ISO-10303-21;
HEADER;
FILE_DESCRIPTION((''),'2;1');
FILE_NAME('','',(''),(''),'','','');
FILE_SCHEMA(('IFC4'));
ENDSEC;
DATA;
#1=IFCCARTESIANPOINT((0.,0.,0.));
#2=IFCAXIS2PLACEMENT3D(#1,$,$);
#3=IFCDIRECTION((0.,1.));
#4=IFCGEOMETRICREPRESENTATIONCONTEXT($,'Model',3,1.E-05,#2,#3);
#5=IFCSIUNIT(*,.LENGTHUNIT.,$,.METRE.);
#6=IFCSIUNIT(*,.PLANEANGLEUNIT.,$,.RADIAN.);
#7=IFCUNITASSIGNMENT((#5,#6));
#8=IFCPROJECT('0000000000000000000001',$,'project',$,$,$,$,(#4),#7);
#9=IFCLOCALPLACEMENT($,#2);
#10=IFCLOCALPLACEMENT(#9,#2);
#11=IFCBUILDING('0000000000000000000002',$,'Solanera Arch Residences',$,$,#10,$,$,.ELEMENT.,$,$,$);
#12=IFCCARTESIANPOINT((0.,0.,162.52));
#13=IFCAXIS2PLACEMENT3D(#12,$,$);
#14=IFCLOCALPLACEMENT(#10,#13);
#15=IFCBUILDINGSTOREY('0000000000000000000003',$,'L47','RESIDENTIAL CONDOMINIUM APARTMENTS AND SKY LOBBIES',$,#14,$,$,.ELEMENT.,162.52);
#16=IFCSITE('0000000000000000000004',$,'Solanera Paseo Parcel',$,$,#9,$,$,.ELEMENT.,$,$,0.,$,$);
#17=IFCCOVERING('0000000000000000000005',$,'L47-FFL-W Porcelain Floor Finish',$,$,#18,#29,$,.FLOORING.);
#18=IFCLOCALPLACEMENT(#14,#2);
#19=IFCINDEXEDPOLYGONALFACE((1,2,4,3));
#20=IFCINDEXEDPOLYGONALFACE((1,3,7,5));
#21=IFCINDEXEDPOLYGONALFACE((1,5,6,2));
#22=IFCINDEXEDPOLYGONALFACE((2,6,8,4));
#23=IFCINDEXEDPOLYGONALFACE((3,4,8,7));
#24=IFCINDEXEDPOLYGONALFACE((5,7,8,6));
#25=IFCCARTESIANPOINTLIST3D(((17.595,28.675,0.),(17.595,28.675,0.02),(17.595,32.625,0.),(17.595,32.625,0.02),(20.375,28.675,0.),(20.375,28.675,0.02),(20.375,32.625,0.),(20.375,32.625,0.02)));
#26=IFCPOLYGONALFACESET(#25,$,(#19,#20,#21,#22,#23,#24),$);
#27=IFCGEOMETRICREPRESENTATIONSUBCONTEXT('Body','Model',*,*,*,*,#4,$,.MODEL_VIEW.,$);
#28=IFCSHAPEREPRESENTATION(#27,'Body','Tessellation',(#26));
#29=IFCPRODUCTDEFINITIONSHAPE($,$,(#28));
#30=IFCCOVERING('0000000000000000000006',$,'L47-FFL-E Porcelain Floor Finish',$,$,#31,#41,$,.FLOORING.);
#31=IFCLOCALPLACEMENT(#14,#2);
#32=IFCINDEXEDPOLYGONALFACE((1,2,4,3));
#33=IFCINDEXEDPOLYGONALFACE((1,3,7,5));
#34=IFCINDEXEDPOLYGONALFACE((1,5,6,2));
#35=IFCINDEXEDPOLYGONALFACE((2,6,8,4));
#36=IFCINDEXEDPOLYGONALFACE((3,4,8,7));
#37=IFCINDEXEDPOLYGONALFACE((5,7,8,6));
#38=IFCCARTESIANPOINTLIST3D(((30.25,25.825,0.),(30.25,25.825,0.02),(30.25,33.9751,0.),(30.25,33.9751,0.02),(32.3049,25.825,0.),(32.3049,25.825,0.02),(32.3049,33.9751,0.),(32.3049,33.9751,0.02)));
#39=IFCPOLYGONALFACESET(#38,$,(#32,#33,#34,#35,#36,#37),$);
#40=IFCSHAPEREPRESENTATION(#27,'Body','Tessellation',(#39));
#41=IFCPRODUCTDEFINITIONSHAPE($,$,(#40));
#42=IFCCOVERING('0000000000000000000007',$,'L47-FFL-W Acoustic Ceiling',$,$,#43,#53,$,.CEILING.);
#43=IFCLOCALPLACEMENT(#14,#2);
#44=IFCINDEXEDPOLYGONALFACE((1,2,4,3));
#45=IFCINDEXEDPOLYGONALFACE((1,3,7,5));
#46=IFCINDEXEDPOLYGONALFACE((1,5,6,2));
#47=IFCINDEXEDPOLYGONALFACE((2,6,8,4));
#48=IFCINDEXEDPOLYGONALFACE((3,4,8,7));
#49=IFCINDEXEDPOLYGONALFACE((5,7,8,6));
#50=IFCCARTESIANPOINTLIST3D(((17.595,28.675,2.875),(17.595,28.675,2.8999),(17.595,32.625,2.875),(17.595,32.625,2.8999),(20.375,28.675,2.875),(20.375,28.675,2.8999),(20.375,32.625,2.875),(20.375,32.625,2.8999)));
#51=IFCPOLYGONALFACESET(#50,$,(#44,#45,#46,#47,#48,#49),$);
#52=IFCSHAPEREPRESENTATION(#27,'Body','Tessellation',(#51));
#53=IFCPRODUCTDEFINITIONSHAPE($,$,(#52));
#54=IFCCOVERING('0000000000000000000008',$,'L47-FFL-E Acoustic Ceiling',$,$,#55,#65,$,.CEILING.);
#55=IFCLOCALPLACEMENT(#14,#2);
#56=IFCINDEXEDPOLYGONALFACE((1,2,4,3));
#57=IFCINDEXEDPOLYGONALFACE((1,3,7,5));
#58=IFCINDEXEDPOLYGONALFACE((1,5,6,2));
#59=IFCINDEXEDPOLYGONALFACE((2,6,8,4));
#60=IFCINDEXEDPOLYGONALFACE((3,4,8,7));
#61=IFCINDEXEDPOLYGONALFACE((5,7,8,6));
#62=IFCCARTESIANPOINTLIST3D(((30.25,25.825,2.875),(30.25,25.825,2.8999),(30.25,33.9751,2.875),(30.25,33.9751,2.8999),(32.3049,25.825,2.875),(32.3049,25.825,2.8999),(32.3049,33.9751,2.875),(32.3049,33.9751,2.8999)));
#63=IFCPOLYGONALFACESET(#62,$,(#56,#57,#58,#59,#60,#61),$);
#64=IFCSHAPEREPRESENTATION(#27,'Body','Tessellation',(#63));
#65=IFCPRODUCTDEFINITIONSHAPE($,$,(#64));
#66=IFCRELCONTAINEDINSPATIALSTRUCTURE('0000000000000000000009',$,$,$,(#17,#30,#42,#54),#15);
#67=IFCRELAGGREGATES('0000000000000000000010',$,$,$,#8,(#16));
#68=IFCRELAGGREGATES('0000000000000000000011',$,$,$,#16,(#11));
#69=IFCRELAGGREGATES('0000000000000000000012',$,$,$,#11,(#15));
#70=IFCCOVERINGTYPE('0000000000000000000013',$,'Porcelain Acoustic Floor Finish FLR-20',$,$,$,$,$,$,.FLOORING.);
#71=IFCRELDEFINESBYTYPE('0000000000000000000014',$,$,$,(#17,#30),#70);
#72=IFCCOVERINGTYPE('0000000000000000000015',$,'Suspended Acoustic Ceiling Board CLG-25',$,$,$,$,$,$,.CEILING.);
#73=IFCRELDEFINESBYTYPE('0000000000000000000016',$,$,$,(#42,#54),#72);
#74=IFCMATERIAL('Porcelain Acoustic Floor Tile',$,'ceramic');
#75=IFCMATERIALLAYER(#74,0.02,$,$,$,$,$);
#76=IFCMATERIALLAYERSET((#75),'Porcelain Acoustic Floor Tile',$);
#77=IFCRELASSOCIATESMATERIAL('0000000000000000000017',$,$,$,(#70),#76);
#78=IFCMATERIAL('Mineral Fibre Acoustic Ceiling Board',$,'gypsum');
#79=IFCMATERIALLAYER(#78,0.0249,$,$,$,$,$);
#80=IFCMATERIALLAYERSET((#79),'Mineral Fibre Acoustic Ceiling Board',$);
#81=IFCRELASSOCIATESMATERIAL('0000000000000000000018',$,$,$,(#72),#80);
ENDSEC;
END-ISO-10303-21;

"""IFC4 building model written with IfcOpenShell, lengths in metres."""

from ifc_helpers import new_model, si_unit, direction, frame, origin, place, context, subcontext, project, spatial, polyline, outline, extrude, material, layer, layer_set, type_object, element, save


model = new_model("IFC4")

# Units and contexts
model_context = context("Model", 3, precision=1e-05, world=origin(), true_north=direction((0.0, 1.0)))
body_context = subcontext(model_context, "Body", "Model", "MODEL_VIEW")
ifc_project = project(units=[si_unit("LENGTHUNIT", "METRE"), si_unit("PLANEANGLEUNIT", "RADIAN")], contexts=[model_context])

# Site, building, storey
site_placement = place(None, origin())
site = spatial("IfcSite", under=ifc_project, at=site_placement, Name="Solanera Paseo Parcel", CompositionType="ELEMENT", RefElevation=0.0)
building_placement = place(site_placement, origin())
building = spatial("IfcBuilding", under=site, at=building_placement, Name="Solanera Arch Residences", CompositionType="ELEMENT")
storey_placement = place(building_placement, frame((0.0, 0.0, 162.52)))
storey = spatial("IfcBuildingStorey", under=building, at=storey_placement, Name="L47", Description="RESIDENTIAL CONDOMINIUM APARTMENTS AND SKY LOBBIES", CompositionType="ELEMENT", Elevation=162.52)

# Coverings
ifc_material_1 = material(Name="Porcelain Acoustic Floor Tile", Category="ceramic")
ifc_layer_1 = layer(ifc_material_1, 0.02)
ifc_layer_set_1 = layer_set([ifc_layer_1], Name="Porcelain Acoustic Floor Tile")
covering_type_1 = type_object("IfcCoveringType", Name="Porcelain Acoustic Floor Finish FLR-20", PredefinedType="FLOORING", material=ifc_layer_set_1)
covering_1_placement = place(storey_placement, origin())
element("IfcCovering", 1, at=covering_1_placement, inside=storey, type_object=covering_type_1, Name="L47-FFL-W Porcelain Floor Finish", PredefinedType="FLOORING", context=body_context, shape_type="SweptSolid", body=[
    extrude(outline(polyline([(20.375, 28.675), (17.595, 28.675), (17.595, 32.625), (20.375, 32.625), (20.375, 28.675)])), origin(), (0.0, 0.0, 1.0), 0.02),
])
covering_2_placement = place(storey_placement, origin())
element("IfcCovering", 2, at=covering_2_placement, inside=storey, type_object=covering_type_1, Name="L47-FFL-E Porcelain Floor Finish", PredefinedType="FLOORING", context=body_context, shape_type="SweptSolid", body=[
    extrude(outline(polyline([(32.3049, 25.825), (30.25, 25.825), (30.25, 33.9751), (32.3049, 33.9751), (32.3049, 25.825)])), origin(), (0.0, 0.0, 1.0), 0.02),
])
ifc_material_2 = material(Name="Mineral Fibre Acoustic Ceiling Board", Category="gypsum")
ifc_layer_2 = layer(ifc_material_2, 0.0249)
ifc_layer_set_2 = layer_set([ifc_layer_2], Name="Mineral Fibre Acoustic Ceiling Board")
covering_type_2 = type_object("IfcCoveringType", Name="Suspended Acoustic Ceiling Board CLG-25", PredefinedType="CEILING", material=ifc_layer_set_2)
covering_3_placement = place(storey_placement, frame((0.0, 0.0, 2.875)))
element("IfcCovering", 3, at=covering_3_placement, inside=storey, type_object=covering_type_2, Name="L47-FFL-W Acoustic Ceiling", PredefinedType="CEILING", context=body_context, shape_type="SweptSolid", body=[
    extrude(outline(polyline([(20.375, 28.675), (17.595, 28.675), (17.595, 32.625), (20.375, 32.625), (20.375, 28.675)])), origin(), (0.0, 0.0, 1.0), 0.0249),
])
covering_4_placement = place(storey_placement, frame((0.0, 0.0, 2.875)))
element("IfcCovering", 4, at=covering_4_placement, inside=storey, type_object=covering_type_2, Name="L47-FFL-E Acoustic Ceiling", PredefinedType="CEILING", context=body_context, shape_type="SweptSolid", body=[
    extrude(outline(polyline([(32.3049, 25.825), (30.25, 25.825), (30.25, 33.9751), (32.3049, 33.9751), (32.3049, 25.825)])), origin(), (0.0, 0.0, 1.0), 0.0249),
])

save(model, "model.ifc")
